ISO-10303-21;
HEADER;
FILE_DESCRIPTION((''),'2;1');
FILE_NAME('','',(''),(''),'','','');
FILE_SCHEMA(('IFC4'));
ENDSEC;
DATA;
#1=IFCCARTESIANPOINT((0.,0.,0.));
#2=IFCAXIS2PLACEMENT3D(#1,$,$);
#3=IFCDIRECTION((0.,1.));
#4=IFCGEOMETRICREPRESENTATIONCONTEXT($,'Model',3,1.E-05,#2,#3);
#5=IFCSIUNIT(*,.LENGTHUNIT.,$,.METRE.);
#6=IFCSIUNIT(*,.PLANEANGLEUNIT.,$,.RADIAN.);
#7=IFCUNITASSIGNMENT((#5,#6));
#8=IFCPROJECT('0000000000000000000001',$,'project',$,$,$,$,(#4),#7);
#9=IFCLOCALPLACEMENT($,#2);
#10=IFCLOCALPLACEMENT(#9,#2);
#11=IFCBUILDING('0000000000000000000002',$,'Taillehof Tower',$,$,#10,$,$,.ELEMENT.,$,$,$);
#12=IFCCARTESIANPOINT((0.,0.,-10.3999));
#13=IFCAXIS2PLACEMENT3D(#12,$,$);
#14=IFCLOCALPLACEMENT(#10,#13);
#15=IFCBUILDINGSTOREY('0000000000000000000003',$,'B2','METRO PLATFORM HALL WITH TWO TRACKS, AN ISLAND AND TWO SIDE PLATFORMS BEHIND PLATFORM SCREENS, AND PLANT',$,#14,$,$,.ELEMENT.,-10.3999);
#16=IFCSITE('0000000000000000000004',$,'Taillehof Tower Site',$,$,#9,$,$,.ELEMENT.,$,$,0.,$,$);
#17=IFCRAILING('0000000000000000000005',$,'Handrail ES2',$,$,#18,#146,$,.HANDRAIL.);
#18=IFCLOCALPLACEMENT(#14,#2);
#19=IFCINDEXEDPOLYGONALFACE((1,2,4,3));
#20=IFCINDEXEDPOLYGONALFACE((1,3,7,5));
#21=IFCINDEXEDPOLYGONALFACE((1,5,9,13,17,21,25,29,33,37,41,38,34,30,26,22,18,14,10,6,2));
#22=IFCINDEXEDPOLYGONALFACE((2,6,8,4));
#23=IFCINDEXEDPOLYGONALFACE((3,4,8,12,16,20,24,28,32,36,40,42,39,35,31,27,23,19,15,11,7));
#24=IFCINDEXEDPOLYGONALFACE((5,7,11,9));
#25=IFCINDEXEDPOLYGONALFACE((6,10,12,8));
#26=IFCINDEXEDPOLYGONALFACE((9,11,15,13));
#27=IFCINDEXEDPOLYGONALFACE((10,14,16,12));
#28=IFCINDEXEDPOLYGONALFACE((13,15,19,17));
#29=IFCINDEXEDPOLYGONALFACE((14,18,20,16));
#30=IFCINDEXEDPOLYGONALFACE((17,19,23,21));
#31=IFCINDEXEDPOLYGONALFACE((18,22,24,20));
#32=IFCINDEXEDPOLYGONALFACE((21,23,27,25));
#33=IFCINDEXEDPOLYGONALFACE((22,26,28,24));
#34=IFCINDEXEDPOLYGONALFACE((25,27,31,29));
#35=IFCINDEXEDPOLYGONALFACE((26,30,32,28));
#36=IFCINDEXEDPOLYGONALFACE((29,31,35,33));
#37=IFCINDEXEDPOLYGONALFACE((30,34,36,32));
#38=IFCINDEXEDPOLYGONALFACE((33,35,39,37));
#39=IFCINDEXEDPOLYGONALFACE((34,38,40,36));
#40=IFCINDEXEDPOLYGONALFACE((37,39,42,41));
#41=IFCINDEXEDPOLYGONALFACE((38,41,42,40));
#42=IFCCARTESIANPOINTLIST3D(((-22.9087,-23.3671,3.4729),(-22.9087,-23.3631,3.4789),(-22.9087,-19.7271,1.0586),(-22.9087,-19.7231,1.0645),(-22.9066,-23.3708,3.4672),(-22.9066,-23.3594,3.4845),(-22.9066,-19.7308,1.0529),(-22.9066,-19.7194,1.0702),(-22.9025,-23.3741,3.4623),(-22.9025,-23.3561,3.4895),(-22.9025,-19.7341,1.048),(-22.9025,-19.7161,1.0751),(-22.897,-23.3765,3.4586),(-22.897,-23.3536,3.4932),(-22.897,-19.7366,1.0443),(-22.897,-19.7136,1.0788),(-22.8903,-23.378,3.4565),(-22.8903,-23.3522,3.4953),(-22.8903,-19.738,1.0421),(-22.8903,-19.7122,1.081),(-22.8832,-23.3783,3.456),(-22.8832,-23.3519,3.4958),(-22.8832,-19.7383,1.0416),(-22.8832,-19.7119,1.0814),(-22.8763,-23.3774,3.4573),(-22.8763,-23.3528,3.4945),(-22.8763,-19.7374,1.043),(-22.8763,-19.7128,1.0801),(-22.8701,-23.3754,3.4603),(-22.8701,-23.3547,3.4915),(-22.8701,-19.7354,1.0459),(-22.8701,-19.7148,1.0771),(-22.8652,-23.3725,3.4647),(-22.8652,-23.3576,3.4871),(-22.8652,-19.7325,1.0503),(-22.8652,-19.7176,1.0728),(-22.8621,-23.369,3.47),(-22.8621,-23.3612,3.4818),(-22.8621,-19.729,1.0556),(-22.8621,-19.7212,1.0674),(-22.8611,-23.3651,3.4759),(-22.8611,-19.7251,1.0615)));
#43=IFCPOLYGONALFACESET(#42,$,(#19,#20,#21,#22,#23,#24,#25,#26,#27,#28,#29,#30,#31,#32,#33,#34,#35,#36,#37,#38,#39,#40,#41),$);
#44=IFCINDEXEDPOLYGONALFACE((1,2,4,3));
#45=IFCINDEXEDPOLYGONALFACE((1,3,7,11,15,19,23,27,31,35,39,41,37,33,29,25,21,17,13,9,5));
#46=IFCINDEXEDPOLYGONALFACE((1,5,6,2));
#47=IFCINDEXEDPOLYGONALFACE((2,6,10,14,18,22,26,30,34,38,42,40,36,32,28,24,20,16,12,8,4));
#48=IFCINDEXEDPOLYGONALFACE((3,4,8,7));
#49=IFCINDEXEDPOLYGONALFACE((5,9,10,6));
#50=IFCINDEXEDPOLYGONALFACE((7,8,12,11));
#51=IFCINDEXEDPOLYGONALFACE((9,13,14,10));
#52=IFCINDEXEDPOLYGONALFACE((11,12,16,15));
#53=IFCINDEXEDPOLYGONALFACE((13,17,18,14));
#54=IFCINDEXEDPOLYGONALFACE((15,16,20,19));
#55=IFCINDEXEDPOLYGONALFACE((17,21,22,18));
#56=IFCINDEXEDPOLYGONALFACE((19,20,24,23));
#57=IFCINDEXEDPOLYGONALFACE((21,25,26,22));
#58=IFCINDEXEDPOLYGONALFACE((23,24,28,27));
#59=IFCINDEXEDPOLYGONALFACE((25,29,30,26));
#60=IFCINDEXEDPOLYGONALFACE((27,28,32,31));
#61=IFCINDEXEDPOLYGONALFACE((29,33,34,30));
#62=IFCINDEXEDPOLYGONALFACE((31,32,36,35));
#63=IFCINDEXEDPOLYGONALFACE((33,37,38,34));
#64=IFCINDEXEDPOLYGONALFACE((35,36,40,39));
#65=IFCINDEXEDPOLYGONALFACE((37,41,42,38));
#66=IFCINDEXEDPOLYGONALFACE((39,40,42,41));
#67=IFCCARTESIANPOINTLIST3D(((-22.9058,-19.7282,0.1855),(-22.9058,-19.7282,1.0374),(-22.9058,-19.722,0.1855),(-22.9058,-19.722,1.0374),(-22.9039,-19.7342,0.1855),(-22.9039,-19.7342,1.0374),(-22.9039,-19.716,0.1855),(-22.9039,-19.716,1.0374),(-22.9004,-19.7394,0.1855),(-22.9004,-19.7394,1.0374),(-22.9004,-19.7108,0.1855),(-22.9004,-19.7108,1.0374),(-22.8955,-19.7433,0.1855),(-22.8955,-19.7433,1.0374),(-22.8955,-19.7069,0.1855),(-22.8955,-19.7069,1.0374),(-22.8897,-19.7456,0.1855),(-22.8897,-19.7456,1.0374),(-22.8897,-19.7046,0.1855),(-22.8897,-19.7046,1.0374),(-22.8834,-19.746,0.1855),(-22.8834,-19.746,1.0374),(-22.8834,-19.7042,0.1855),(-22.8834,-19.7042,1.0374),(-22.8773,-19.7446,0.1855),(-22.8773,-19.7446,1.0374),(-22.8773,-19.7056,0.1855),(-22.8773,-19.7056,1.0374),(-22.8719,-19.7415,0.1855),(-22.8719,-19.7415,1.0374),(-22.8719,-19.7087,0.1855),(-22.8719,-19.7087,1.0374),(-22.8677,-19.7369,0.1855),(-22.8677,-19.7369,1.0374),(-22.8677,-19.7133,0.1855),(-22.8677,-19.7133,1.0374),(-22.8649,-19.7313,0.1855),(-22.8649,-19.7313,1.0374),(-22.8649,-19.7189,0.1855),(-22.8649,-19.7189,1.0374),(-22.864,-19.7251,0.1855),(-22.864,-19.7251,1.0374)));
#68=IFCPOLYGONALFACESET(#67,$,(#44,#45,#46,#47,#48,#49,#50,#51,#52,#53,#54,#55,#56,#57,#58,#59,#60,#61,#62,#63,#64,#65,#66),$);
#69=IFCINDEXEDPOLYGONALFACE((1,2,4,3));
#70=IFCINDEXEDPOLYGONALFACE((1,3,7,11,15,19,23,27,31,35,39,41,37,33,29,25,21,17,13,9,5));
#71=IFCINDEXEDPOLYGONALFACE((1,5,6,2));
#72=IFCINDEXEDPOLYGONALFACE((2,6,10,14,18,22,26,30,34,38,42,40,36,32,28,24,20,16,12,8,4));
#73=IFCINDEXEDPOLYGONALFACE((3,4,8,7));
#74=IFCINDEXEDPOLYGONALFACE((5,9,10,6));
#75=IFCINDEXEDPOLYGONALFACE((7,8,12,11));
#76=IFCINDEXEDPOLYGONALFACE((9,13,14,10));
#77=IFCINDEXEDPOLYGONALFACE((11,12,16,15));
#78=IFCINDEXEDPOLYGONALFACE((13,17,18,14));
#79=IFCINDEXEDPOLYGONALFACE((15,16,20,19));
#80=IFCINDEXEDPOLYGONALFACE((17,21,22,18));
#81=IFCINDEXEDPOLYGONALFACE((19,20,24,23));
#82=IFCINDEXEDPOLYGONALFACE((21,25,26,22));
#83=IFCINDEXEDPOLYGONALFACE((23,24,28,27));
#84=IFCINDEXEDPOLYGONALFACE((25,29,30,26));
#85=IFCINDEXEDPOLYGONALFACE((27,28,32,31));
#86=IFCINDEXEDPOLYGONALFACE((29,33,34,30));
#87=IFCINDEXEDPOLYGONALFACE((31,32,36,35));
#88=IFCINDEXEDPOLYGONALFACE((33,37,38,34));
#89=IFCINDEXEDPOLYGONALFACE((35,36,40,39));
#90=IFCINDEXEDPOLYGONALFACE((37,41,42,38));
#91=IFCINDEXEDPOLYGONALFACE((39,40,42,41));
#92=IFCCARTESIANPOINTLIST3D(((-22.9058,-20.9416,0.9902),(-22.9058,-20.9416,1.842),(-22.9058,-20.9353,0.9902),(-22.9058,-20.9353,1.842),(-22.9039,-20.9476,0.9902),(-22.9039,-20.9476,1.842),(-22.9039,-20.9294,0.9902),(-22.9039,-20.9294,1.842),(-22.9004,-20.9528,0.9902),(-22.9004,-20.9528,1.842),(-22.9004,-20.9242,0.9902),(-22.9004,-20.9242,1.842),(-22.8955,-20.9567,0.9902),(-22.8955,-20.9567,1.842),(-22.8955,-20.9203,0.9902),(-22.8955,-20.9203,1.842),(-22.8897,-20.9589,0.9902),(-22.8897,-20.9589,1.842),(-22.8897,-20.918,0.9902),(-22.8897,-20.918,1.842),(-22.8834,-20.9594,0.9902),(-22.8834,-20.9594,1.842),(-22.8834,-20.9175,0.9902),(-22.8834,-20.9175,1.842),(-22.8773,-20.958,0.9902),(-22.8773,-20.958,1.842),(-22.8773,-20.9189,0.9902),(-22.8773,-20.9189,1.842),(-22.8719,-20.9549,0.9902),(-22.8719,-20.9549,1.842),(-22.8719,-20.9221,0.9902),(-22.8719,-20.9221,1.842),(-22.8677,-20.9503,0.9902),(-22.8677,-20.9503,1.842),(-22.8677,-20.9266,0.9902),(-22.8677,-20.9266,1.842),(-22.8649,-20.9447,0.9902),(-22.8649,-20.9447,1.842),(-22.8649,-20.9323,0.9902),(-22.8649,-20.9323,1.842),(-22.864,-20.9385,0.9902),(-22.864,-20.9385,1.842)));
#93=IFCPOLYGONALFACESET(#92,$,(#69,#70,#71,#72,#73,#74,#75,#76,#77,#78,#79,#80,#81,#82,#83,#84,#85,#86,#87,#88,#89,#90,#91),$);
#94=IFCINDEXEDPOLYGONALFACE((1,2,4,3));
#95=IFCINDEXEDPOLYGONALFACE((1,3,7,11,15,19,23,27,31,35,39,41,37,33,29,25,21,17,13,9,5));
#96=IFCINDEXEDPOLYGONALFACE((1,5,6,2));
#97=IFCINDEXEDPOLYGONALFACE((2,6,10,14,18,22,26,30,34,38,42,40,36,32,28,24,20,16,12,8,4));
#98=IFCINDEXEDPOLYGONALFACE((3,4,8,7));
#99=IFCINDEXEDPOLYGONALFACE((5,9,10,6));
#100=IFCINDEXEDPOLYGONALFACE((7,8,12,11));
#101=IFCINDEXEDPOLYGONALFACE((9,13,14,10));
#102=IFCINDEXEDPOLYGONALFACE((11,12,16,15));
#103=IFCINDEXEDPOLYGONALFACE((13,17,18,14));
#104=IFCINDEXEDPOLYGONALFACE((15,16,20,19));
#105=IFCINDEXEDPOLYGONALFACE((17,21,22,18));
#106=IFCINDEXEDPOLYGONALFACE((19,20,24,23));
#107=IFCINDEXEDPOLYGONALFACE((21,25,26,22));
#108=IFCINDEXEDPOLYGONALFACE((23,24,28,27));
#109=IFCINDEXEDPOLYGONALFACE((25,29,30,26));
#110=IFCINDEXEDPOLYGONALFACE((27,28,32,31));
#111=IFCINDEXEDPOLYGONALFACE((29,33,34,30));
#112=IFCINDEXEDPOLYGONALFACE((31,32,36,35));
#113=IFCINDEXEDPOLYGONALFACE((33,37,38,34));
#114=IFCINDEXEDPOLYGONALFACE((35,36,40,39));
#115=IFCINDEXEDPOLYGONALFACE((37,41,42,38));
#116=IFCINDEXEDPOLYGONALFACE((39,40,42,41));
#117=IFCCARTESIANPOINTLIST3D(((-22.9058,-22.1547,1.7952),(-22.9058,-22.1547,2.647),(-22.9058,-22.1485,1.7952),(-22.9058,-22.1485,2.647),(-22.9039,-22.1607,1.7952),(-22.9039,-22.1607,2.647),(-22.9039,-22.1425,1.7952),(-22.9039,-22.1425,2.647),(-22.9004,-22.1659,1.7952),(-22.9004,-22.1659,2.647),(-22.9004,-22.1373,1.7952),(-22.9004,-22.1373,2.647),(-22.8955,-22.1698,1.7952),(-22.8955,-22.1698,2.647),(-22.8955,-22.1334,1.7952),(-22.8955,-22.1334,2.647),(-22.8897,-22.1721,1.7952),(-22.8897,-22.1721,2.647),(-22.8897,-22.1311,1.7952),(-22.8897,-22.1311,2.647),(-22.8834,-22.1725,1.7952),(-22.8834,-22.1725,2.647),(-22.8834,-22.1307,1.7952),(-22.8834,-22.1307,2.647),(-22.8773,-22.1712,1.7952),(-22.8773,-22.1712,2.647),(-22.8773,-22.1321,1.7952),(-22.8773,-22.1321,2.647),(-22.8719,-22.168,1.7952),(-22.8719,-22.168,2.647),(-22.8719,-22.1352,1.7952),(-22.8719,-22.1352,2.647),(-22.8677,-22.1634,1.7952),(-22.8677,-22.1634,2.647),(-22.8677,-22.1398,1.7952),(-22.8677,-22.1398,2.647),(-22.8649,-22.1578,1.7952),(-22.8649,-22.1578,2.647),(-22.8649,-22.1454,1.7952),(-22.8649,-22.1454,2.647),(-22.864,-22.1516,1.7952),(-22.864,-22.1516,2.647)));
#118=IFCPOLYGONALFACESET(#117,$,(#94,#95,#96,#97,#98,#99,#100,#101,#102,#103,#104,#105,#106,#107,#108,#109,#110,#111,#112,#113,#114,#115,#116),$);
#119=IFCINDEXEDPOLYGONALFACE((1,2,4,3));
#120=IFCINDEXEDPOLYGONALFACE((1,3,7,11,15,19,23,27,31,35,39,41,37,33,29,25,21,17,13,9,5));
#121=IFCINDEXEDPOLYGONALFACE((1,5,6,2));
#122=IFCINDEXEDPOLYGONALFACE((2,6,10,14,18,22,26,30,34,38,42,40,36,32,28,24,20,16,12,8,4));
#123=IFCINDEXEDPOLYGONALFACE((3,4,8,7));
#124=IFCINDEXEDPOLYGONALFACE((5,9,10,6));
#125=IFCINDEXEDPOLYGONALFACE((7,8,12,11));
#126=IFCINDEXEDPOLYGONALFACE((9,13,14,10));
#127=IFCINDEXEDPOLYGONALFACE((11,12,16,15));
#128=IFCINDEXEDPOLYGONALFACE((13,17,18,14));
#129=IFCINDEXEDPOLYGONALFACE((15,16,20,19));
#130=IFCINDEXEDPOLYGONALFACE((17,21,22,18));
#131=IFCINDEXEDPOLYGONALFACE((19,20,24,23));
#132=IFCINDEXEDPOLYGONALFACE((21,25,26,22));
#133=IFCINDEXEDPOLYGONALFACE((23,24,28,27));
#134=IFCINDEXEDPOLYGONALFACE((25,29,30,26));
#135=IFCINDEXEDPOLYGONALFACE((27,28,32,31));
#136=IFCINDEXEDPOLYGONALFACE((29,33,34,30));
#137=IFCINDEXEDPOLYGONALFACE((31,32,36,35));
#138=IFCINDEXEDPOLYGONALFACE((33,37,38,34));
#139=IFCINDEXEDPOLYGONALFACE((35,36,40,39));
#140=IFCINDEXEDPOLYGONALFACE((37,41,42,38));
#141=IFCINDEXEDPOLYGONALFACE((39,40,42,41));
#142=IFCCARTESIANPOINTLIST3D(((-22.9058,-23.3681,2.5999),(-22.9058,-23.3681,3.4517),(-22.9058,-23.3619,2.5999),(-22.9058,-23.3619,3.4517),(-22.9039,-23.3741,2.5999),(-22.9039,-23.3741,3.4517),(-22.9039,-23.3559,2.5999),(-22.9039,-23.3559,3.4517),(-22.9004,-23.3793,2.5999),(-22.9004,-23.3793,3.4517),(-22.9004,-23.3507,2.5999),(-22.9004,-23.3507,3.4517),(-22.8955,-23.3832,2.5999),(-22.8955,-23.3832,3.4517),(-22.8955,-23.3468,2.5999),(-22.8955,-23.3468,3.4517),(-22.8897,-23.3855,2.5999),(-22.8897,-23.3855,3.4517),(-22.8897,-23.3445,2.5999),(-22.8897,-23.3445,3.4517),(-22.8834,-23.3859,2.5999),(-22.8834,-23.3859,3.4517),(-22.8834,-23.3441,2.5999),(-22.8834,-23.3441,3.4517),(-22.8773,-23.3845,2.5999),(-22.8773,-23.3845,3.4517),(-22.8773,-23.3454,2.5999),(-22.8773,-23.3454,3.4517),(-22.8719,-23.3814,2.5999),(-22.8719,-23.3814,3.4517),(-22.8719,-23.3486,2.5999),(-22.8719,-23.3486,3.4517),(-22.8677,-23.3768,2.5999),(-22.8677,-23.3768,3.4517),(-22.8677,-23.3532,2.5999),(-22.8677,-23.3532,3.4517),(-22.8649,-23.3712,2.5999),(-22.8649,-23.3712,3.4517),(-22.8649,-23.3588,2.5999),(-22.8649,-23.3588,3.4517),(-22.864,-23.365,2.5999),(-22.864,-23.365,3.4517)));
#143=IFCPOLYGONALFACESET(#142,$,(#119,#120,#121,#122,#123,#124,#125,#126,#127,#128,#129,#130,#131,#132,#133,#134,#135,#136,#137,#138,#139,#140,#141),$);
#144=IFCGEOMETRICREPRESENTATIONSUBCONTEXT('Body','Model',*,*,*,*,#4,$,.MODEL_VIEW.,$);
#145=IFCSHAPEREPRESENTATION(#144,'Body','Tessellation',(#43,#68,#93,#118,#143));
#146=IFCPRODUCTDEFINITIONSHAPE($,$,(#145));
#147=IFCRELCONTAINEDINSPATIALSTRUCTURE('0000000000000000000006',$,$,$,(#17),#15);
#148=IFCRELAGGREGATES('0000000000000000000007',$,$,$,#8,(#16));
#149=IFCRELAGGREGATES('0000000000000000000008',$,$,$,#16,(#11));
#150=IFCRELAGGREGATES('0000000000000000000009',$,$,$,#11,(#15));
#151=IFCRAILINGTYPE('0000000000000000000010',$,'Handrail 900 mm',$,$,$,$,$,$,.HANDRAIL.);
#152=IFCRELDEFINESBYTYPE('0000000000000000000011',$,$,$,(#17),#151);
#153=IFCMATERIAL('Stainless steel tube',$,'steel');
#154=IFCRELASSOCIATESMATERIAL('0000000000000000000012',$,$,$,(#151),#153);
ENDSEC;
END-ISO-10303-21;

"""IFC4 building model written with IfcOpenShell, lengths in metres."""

from ifc_helpers import new_model, si_unit, direction, frame, origin, origin_2d, place, context, subcontext, project, spatial, circle, extrude, material, type_object, element, save


model = new_model("IFC4")

# Units and contexts
model_context = context("Model", 3, precision=1e-05, world=origin(), true_north=direction((0.0, 1.0)))
body_context = subcontext(model_context, "Body", "Model", "MODEL_VIEW")
ifc_project = project(units=[si_unit("LENGTHUNIT", "METRE"), si_unit("PLANEANGLEUNIT", "RADIAN")], contexts=[model_context])

# Site, building, storey
site_placement = place(None, origin())
site = spatial("IfcSite", under=ifc_project, at=site_placement, Name="Taillehof Tower Site", CompositionType="ELEMENT", RefElevation=0.0)
building_placement = place(site_placement, origin())
building = spatial("IfcBuilding", under=site, at=building_placement, Name="Taillehof Tower", CompositionType="ELEMENT")
storey_placement = place(building_placement, frame((0.0, 0.0, -10.3999)))
storey = spatial("IfcBuildingStorey", under=building, at=storey_placement, Name="B2", Description="METRO PLATFORM HALL WITH TWO TRACKS, AN ISLAND AND TWO SIDE PLATFORMS BEHIND PLATFORM SCREENS, AND PLANT", CompositionType="ELEMENT", Elevation=-10.3999)

# Railing
ifc_material_1 = material(Name="Stainless steel tube", Category="steel")
railing_type = type_object("IfcRailingType", Name="Handrail 900 mm", PredefinedType="HANDRAIL", material=ifc_material_1)
for number, where, name in (
    (1, (-22.885, -19.7251, 0.1855), "Handrail ES2"),
):
    element("IfcRailing", number, at=place(storey_placement, frame(where)), inside=storey, type_object=railing_type, Name=name, PredefinedType="HANDRAIL", context=body_context, shape_type="SweptSolid", body=[
        extrude(circle(Radius=0.0239, at=origin_2d()), frame((0.0, 0.0, 0.876), z_axis=(0.0, -0.833347, 0.552751), x_axis=(1.0, 0.0, 0.0)), (0.0, 0.0, 1.0), 4.3679),
        extrude(circle(Radius=0.021, at=origin_2d()), origin(), (0.0, 0.0, 1.0), 0.8518),
        extrude(circle(Radius=0.021, at=origin_2d()), frame((0.0, -1.2134, 0.8047)), (0.0, 0.0, 1.0), 0.8518),
        extrude(circle(Radius=0.021, at=origin_2d()), frame((0.0, -2.4265, 1.6096)), (0.0, 0.0, 1.0), 0.8518),
        extrude(circle(Radius=0.021, at=origin_2d()), frame((0.0, -3.6399, 2.4143)), (0.0, 0.0, 1.0), 0.8518),
    ])

save(model, "model.ifc")
